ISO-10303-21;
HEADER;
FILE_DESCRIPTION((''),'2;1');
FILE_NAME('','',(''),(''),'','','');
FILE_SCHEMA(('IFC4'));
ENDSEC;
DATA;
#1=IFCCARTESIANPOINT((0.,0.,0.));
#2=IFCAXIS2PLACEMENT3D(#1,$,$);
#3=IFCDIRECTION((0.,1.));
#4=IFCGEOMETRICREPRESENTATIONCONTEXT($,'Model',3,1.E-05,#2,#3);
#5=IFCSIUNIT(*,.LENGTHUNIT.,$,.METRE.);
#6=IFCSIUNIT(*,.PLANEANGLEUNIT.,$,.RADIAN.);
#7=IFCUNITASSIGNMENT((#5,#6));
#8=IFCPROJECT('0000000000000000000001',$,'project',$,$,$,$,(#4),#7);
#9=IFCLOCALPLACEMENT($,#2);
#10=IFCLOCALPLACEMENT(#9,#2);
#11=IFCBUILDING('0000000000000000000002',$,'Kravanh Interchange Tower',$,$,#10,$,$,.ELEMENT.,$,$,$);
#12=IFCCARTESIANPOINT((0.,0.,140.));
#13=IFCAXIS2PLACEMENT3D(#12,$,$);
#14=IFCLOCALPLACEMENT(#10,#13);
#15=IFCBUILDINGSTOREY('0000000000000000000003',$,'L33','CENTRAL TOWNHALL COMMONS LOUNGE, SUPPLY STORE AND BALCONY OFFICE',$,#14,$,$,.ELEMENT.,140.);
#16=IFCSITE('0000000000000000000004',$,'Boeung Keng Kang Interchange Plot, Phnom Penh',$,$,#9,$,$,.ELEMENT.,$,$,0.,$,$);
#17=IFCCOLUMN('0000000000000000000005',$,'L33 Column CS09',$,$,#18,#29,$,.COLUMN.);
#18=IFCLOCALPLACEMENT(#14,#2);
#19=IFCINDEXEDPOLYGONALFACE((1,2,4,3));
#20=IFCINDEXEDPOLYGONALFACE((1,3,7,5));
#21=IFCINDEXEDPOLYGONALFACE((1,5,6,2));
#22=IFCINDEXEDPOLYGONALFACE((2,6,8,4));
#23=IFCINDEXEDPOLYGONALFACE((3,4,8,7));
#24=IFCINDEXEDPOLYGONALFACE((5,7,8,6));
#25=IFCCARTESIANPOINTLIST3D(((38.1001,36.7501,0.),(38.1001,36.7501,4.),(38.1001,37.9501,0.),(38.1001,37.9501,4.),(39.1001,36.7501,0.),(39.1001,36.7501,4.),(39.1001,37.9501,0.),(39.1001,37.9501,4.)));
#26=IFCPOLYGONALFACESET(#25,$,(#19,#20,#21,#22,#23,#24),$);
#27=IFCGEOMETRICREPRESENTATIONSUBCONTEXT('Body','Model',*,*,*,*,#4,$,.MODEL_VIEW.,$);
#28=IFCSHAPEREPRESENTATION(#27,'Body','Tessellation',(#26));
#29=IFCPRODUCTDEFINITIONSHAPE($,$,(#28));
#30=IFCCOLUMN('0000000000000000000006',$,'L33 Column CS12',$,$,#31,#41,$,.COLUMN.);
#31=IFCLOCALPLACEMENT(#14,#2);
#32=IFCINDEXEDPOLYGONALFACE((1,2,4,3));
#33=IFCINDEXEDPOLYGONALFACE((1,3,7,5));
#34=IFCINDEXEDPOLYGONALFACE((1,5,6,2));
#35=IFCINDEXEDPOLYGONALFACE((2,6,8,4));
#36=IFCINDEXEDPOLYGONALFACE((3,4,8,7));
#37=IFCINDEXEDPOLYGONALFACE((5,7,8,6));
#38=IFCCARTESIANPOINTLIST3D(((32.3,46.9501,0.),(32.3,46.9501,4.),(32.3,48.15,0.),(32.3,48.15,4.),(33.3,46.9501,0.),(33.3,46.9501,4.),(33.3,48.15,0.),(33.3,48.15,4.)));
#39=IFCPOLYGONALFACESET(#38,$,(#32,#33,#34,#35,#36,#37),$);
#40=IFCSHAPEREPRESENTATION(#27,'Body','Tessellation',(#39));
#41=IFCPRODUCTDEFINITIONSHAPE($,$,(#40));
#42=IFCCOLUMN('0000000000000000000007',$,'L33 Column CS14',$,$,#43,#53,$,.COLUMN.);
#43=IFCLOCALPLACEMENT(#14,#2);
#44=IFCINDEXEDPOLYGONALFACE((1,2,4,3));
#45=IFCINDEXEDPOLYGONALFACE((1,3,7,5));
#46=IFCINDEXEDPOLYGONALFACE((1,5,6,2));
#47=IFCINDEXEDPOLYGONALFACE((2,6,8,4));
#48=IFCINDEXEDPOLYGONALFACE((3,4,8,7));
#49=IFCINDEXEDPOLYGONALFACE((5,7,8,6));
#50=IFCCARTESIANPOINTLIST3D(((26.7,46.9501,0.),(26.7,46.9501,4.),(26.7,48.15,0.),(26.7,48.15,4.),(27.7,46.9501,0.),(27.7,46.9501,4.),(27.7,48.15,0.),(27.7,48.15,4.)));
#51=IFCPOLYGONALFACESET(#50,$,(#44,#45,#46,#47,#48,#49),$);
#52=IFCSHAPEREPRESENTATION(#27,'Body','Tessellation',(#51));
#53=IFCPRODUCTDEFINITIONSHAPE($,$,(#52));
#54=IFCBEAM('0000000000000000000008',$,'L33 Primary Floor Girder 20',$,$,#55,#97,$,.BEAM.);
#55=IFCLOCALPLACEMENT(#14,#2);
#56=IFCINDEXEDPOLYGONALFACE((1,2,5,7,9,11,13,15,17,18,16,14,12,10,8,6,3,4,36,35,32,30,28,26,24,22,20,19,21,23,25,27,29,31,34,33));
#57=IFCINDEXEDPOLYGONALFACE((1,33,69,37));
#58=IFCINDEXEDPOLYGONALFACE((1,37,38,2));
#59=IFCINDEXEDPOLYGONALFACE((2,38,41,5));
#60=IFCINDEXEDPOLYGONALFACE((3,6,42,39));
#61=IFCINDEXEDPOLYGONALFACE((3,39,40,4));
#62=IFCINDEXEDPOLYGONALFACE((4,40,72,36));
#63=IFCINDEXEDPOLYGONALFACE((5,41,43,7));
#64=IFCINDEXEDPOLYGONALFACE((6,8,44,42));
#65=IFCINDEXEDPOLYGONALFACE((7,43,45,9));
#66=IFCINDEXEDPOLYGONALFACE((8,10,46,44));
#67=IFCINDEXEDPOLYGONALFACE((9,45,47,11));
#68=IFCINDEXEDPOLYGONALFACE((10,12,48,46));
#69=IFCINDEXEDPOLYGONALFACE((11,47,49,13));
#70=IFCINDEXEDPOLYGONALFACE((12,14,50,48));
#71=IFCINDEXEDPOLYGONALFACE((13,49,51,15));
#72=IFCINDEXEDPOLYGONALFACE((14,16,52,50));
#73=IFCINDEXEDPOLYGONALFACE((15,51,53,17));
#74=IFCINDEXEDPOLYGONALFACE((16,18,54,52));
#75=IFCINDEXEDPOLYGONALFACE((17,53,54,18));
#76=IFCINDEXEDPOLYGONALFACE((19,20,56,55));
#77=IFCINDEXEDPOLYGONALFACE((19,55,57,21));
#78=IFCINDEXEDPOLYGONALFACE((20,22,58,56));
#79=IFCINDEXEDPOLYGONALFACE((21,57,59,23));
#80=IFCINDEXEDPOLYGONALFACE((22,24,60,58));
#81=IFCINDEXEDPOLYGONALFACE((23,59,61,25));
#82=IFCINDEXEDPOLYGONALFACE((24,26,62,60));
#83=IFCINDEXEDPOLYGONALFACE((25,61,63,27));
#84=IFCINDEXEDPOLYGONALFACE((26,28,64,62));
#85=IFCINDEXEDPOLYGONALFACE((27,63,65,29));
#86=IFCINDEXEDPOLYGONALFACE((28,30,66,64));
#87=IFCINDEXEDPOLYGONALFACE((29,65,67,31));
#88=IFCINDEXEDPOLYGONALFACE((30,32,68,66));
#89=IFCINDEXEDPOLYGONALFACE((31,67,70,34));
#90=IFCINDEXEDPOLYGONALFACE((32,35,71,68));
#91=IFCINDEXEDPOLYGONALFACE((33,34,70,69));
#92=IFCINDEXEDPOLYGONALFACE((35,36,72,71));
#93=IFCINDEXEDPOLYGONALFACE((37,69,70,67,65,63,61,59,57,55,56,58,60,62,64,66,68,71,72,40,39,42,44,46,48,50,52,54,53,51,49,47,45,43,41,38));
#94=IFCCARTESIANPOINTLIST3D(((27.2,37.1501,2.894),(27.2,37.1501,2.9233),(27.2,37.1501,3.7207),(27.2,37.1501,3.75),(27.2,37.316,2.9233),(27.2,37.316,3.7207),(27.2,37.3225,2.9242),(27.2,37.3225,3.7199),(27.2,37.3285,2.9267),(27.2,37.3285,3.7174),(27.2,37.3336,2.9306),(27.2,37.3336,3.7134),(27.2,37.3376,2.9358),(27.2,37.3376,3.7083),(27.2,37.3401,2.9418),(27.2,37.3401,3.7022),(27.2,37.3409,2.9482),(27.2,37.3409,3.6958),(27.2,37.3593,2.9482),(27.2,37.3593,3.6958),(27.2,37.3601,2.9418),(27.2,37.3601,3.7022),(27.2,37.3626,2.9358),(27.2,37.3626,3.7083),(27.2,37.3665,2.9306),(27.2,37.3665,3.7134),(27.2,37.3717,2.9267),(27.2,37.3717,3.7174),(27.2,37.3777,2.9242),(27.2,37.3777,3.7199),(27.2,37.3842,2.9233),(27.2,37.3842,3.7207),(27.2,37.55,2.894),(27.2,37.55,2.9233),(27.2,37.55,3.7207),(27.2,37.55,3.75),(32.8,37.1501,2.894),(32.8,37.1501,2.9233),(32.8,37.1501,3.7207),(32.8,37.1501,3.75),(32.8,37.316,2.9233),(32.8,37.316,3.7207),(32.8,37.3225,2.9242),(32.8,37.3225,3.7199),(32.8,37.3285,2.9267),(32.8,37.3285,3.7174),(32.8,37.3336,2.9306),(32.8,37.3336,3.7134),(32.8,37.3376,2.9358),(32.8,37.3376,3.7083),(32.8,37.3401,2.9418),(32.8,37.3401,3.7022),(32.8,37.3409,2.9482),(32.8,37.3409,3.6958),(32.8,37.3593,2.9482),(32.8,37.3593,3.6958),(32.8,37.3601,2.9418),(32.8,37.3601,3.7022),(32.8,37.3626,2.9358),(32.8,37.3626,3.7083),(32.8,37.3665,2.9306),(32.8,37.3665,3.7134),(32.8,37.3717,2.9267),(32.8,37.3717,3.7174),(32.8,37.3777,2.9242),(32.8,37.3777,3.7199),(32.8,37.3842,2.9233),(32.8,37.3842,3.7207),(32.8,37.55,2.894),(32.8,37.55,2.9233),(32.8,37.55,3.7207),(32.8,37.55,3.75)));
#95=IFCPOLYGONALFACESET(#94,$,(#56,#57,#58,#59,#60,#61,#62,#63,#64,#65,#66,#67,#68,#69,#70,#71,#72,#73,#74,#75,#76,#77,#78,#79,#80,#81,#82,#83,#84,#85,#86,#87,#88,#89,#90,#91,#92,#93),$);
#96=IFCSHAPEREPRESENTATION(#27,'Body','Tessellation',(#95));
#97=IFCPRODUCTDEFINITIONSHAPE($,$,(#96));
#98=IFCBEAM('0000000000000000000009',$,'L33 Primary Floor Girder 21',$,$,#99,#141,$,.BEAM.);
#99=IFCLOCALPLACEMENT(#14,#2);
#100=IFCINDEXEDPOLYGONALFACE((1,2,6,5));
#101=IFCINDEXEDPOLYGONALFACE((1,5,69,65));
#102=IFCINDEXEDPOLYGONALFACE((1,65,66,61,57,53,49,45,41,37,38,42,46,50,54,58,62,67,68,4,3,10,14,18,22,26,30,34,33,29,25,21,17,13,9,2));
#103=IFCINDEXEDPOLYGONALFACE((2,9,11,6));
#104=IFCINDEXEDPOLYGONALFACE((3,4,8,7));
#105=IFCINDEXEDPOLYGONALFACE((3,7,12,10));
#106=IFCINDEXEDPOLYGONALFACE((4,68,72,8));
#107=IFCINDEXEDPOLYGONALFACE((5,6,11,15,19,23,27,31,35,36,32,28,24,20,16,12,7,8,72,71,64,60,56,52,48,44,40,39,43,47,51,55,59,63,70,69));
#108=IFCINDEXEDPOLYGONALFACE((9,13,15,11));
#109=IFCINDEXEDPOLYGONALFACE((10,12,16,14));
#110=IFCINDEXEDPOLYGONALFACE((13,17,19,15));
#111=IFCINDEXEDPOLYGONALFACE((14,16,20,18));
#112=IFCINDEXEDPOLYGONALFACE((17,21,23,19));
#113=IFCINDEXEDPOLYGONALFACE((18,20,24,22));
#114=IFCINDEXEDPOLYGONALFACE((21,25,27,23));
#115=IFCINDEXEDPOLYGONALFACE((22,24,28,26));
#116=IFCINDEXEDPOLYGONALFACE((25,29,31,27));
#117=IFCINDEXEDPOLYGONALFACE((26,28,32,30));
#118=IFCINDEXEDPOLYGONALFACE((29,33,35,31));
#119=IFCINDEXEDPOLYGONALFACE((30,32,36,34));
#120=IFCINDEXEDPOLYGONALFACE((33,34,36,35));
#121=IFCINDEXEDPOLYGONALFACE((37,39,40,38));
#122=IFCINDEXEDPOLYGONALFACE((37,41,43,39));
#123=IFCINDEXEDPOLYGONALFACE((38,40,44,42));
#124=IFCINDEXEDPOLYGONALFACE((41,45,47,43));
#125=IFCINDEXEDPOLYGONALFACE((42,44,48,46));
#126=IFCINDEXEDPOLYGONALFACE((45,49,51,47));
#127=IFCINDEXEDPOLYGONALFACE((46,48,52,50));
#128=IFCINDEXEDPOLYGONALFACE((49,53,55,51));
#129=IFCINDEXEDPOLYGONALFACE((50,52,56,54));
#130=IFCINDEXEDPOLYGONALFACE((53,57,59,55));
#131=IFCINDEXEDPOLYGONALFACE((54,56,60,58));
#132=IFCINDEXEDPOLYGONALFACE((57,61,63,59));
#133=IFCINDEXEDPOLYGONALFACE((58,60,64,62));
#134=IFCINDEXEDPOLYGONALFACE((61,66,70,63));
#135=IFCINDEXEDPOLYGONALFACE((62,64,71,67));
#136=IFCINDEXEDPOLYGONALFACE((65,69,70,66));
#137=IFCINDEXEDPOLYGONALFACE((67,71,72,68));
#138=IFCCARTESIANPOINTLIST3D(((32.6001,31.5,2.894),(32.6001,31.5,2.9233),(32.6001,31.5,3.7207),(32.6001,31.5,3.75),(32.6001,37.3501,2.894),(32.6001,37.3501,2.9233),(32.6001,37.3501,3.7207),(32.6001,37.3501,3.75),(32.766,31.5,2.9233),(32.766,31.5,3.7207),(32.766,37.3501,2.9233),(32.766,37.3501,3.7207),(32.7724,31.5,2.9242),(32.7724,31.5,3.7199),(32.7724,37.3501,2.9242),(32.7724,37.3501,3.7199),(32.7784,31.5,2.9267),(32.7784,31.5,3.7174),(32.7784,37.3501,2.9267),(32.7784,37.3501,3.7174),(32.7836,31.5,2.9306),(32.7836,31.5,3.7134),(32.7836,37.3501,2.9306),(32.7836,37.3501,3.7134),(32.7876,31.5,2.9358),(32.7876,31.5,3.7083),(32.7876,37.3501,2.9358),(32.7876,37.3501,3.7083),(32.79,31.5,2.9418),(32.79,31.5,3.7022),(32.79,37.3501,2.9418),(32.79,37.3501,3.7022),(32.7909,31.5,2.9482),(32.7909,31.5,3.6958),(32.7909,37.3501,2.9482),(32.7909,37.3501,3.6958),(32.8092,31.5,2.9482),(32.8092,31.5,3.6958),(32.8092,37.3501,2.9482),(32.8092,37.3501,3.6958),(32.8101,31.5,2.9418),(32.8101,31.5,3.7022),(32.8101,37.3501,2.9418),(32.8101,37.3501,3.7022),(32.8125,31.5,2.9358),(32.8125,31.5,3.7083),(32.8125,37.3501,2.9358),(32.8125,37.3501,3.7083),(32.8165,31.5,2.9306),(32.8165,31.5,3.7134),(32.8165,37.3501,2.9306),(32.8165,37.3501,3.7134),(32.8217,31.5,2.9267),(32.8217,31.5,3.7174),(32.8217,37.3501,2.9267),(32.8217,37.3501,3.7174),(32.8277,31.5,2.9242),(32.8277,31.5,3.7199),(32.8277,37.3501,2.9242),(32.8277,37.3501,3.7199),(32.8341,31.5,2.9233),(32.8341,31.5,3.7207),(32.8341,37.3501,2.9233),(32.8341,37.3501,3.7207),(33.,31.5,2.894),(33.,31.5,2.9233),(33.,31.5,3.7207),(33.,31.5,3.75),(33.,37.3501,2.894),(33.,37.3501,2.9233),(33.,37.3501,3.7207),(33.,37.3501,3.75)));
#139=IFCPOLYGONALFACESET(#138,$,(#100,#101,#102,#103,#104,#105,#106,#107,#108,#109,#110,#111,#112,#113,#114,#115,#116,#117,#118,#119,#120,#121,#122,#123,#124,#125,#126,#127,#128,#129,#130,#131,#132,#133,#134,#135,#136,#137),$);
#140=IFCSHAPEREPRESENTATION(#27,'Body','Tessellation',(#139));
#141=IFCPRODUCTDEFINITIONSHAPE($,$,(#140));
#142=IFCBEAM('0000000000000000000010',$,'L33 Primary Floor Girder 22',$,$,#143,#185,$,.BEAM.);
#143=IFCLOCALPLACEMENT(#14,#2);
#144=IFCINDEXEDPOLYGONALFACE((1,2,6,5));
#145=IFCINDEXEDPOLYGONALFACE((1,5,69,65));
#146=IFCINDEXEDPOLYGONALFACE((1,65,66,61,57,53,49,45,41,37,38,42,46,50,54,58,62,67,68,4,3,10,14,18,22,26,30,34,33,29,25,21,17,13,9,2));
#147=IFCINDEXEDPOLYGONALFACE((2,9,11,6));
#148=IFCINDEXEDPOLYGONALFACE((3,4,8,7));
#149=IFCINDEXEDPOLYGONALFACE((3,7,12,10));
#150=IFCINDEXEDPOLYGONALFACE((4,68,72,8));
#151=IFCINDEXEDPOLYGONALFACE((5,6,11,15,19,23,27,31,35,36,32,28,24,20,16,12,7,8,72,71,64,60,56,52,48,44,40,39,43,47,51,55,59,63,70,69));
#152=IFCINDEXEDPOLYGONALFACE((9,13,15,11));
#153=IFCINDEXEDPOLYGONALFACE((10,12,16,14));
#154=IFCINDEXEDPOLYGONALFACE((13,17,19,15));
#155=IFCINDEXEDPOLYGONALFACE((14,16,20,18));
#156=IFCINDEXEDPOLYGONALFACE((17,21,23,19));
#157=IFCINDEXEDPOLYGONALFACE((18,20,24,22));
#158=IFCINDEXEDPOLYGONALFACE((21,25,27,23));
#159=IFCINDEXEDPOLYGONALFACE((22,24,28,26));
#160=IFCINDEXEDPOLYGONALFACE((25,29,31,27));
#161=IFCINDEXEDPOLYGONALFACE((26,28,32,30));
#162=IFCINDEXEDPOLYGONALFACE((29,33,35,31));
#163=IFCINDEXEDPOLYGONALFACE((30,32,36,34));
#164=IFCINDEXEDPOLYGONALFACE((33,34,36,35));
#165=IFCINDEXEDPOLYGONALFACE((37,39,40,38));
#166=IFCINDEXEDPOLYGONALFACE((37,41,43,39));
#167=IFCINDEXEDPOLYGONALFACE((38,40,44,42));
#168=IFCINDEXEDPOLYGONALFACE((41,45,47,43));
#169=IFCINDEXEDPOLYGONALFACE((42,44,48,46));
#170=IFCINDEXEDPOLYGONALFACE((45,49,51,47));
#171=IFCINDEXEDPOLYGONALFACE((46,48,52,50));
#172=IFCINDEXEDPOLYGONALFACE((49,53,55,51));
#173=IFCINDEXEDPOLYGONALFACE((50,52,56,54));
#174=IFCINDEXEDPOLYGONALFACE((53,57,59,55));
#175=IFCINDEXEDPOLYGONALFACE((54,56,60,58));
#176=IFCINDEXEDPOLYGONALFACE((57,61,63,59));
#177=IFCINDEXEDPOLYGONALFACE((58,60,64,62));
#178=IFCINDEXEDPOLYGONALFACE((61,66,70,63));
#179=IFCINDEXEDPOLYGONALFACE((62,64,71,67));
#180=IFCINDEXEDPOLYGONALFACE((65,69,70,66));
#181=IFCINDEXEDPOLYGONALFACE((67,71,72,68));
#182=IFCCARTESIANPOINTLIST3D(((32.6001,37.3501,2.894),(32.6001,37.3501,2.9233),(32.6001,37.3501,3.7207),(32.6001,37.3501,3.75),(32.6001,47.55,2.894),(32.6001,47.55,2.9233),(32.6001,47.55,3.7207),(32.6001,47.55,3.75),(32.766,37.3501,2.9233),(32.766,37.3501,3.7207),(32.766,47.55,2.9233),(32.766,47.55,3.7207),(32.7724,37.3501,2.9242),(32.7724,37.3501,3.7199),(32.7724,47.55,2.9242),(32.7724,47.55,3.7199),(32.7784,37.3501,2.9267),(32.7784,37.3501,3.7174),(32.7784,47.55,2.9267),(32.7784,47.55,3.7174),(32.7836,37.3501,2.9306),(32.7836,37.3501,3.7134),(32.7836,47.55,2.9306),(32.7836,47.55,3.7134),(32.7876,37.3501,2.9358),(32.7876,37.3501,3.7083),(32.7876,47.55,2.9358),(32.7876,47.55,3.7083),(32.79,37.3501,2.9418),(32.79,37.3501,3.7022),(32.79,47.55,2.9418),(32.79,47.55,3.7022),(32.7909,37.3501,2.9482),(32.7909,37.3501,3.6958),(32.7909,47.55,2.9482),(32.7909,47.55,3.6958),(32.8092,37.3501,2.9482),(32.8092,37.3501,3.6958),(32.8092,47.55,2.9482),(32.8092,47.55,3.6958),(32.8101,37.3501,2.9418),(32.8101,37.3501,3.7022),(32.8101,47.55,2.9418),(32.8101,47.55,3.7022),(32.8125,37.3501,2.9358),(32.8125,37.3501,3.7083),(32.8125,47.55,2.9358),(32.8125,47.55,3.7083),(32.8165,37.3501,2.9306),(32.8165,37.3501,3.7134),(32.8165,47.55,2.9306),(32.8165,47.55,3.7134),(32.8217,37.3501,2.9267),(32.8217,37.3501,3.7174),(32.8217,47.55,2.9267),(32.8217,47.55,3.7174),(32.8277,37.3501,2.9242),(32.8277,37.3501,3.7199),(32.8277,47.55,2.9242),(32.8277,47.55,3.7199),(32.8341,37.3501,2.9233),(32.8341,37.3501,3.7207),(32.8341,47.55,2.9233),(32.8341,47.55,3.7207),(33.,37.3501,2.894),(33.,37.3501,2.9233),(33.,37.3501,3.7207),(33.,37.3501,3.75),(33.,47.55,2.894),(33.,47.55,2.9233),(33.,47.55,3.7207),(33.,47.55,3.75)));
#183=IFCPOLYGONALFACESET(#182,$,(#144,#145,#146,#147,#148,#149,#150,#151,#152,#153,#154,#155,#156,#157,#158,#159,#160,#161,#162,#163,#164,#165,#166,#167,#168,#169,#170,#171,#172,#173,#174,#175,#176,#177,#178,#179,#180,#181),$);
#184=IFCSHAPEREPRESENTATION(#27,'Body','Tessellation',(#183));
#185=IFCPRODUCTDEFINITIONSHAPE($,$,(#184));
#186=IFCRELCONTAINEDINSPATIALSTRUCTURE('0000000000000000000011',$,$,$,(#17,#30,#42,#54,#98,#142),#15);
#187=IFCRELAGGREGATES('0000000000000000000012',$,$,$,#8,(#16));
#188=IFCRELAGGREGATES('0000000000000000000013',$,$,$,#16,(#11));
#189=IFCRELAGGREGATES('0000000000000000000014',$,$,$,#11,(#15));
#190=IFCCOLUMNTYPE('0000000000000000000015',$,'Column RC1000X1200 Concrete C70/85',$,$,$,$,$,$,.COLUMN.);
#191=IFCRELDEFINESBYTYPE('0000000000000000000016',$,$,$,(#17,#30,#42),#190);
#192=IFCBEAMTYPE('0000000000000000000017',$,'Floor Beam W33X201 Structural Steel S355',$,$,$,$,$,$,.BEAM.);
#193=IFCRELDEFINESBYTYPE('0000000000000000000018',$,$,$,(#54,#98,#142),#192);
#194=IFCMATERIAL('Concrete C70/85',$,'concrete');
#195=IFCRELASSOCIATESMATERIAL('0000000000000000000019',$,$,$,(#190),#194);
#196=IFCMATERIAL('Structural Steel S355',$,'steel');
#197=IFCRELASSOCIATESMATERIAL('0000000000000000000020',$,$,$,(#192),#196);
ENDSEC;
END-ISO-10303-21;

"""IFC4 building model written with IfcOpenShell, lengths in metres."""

from ifc_helpers import new_model, si_unit, direction, frame, origin, origin_2d, place, context, subcontext, project, spatial, rectangle, i_section, extrude, material, material_profile, profile_set, type_object, element, save


model = new_model("IFC4")

# Units and contexts
model_context = context("Model", 3, precision=1e-05, world=origin(), true_north=direction((0.0, 1.0)))
body_context = subcontext(model_context, "Body", "Model", "MODEL_VIEW")
ifc_project = project(units=[si_unit("LENGTHUNIT", "METRE"), si_unit("PLANEANGLEUNIT", "RADIAN")], contexts=[model_context])

# Site, building, storey
site_placement = place(None, origin())
site = spatial("IfcSite", under=ifc_project, at=site_placement, Name="Boeung Keng Kang Interchange Plot, Phnom Penh", CompositionType="ELEMENT", RefElevation=0.0)
building_placement = place(site_placement, origin())
building = spatial("IfcBuilding", under=site, at=building_placement, Name="Kravanh Interchange Tower", CompositionType="ELEMENT")
storey_placement = place(building_placement, frame((0.0, 0.0, 140.0)))
storey = spatial("IfcBuildingStorey", under=building, at=storey_placement, Name="L33", Description="CENTRAL TOWNHALL COMMONS LOUNGE, SUPPLY STORE AND BALCONY OFFICE", CompositionType="ELEMENT", Elevation=140.0)

# Columns
ifc_material_1 = material(Name="Concrete C70/85", Category="concrete")
ifc_material_profile_1 = material_profile(ifc_material_1, rectangle(XDim=1.0, YDim=1.2, at=origin_2d()), Name="RC1000X1200")
ifc_profile_set_1 = profile_set([ifc_material_profile_1], Name="Concrete C70/85")
column_type = type_object("IfcColumnType", Name="Column RC1000X1200 Concrete C70/85", PredefinedType="COLUMN", material=ifc_profile_set_1)
for number, where, z_axis, x_axis, name in (
    (1, (38.6001, 37.3501, 0.0), (0.0, 0.0, 1.0), (1.0, 0.0, 0.0), "L33 Column CS09"),
    (2, (32.8, 47.55, 0.0), (0.0, 0.0, 1.0), (1.0, 0.0, 0.0), "L33 Column CS12"),
    (3, (27.2, 47.55, 0.0), (0.0, 0.0, 1.0), (1.0, 0.0, 0.0), "L33 Column CS14"),
):
    element("IfcColumn", number, at=place(storey_placement, frame(where, z_axis=z_axis, x_axis=x_axis)), inside=storey, type_object=column_type, Name=name, PredefinedType="COLUMN", context=body_context, shape_type="SweptSolid", body=[
        extrude(rectangle(XDim=1.0, YDim=1.2, at=origin_2d()), origin(), (0.0, 0.0, 1.0), 4.0),
    ])

# Beams
ifc_material_2 = material(Name="Structural Steel S355", Category="steel")
ifc_material_profile_2 = material_profile(ifc_material_2, i_section(OverallWidth=0.3999, OverallDepth=0.856, WebThickness=0.0183, FlangeThickness=0.0293, FilletRadius=0.0249, at=origin_2d()), Name="W33X201")
ifc_profile_set_2 = profile_set([ifc_material_profile_2], Name="Structural Steel S355")
beam_type = type_object("IfcBeamType", Name="Floor Beam W33X201 Structural Steel S355", PredefinedType="BEAM", material=ifc_profile_set_2)
beam_1_placement = place(storey_placement, frame((32.8, 37.3501, 3.322), z_axis=(-1.0, 0.0, 0.0), x_axis=(0.0, -1.0, 0.0)))
element("IfcBeam", 4, at=beam_1_placement, inside=storey, type_object=beam_type, Name="L33 Primary Floor Girder 20", PredefinedType="BEAM", context=body_context, shape_type="SweptSolid", body=[
    extrude(i_section(OverallWidth=0.3999, OverallDepth=0.856, WebThickness=0.0183, FlangeThickness=0.0293, FilletRadius=0.0249, at=origin_2d()), origin(), (0.0, 0.0, 1.0), 5.6001),
])
beam_2_placement = place(storey_placement, frame((32.8, 37.3501, 3.322), z_axis=(0.0, -1.0, 0.0), x_axis=(1.0, 0.0, 0.0)))
element("IfcBeam", 5, at=beam_2_placement, inside=storey, type_object=beam_type, Name="L33 Primary Floor Girder 21", PredefinedType="BEAM", context=body_context, shape_type="SweptSolid", body=[
    extrude(i_section(OverallWidth=0.3999, OverallDepth=0.856, WebThickness=0.0183, FlangeThickness=0.0293, FilletRadius=0.0249, at=origin_2d()), origin(), (0.0, 0.0, 1.0), 5.8501),
])
beam_3_placement = place(storey_placement, frame((32.8, 37.3501, 3.322), z_axis=(0.0, 1.0, 0.0), x_axis=(-1.0, 0.0, 0.0)))
element("IfcBeam", 6, at=beam_3_placement, inside=storey, type_object=beam_type, Name="L33 Primary Floor Girder 22", PredefinedType="BEAM", context=body_context, shape_type="SweptSolid", body=[
    extrude(i_section(OverallWidth=0.3999, OverallDepth=0.856, WebThickness=0.0183, FlangeThickness=0.0293, FilletRadius=0.0249, at=origin_2d()), origin(), (0.0, 0.0, 1.0), 10.2),
])

save(model, "model.ifc")
